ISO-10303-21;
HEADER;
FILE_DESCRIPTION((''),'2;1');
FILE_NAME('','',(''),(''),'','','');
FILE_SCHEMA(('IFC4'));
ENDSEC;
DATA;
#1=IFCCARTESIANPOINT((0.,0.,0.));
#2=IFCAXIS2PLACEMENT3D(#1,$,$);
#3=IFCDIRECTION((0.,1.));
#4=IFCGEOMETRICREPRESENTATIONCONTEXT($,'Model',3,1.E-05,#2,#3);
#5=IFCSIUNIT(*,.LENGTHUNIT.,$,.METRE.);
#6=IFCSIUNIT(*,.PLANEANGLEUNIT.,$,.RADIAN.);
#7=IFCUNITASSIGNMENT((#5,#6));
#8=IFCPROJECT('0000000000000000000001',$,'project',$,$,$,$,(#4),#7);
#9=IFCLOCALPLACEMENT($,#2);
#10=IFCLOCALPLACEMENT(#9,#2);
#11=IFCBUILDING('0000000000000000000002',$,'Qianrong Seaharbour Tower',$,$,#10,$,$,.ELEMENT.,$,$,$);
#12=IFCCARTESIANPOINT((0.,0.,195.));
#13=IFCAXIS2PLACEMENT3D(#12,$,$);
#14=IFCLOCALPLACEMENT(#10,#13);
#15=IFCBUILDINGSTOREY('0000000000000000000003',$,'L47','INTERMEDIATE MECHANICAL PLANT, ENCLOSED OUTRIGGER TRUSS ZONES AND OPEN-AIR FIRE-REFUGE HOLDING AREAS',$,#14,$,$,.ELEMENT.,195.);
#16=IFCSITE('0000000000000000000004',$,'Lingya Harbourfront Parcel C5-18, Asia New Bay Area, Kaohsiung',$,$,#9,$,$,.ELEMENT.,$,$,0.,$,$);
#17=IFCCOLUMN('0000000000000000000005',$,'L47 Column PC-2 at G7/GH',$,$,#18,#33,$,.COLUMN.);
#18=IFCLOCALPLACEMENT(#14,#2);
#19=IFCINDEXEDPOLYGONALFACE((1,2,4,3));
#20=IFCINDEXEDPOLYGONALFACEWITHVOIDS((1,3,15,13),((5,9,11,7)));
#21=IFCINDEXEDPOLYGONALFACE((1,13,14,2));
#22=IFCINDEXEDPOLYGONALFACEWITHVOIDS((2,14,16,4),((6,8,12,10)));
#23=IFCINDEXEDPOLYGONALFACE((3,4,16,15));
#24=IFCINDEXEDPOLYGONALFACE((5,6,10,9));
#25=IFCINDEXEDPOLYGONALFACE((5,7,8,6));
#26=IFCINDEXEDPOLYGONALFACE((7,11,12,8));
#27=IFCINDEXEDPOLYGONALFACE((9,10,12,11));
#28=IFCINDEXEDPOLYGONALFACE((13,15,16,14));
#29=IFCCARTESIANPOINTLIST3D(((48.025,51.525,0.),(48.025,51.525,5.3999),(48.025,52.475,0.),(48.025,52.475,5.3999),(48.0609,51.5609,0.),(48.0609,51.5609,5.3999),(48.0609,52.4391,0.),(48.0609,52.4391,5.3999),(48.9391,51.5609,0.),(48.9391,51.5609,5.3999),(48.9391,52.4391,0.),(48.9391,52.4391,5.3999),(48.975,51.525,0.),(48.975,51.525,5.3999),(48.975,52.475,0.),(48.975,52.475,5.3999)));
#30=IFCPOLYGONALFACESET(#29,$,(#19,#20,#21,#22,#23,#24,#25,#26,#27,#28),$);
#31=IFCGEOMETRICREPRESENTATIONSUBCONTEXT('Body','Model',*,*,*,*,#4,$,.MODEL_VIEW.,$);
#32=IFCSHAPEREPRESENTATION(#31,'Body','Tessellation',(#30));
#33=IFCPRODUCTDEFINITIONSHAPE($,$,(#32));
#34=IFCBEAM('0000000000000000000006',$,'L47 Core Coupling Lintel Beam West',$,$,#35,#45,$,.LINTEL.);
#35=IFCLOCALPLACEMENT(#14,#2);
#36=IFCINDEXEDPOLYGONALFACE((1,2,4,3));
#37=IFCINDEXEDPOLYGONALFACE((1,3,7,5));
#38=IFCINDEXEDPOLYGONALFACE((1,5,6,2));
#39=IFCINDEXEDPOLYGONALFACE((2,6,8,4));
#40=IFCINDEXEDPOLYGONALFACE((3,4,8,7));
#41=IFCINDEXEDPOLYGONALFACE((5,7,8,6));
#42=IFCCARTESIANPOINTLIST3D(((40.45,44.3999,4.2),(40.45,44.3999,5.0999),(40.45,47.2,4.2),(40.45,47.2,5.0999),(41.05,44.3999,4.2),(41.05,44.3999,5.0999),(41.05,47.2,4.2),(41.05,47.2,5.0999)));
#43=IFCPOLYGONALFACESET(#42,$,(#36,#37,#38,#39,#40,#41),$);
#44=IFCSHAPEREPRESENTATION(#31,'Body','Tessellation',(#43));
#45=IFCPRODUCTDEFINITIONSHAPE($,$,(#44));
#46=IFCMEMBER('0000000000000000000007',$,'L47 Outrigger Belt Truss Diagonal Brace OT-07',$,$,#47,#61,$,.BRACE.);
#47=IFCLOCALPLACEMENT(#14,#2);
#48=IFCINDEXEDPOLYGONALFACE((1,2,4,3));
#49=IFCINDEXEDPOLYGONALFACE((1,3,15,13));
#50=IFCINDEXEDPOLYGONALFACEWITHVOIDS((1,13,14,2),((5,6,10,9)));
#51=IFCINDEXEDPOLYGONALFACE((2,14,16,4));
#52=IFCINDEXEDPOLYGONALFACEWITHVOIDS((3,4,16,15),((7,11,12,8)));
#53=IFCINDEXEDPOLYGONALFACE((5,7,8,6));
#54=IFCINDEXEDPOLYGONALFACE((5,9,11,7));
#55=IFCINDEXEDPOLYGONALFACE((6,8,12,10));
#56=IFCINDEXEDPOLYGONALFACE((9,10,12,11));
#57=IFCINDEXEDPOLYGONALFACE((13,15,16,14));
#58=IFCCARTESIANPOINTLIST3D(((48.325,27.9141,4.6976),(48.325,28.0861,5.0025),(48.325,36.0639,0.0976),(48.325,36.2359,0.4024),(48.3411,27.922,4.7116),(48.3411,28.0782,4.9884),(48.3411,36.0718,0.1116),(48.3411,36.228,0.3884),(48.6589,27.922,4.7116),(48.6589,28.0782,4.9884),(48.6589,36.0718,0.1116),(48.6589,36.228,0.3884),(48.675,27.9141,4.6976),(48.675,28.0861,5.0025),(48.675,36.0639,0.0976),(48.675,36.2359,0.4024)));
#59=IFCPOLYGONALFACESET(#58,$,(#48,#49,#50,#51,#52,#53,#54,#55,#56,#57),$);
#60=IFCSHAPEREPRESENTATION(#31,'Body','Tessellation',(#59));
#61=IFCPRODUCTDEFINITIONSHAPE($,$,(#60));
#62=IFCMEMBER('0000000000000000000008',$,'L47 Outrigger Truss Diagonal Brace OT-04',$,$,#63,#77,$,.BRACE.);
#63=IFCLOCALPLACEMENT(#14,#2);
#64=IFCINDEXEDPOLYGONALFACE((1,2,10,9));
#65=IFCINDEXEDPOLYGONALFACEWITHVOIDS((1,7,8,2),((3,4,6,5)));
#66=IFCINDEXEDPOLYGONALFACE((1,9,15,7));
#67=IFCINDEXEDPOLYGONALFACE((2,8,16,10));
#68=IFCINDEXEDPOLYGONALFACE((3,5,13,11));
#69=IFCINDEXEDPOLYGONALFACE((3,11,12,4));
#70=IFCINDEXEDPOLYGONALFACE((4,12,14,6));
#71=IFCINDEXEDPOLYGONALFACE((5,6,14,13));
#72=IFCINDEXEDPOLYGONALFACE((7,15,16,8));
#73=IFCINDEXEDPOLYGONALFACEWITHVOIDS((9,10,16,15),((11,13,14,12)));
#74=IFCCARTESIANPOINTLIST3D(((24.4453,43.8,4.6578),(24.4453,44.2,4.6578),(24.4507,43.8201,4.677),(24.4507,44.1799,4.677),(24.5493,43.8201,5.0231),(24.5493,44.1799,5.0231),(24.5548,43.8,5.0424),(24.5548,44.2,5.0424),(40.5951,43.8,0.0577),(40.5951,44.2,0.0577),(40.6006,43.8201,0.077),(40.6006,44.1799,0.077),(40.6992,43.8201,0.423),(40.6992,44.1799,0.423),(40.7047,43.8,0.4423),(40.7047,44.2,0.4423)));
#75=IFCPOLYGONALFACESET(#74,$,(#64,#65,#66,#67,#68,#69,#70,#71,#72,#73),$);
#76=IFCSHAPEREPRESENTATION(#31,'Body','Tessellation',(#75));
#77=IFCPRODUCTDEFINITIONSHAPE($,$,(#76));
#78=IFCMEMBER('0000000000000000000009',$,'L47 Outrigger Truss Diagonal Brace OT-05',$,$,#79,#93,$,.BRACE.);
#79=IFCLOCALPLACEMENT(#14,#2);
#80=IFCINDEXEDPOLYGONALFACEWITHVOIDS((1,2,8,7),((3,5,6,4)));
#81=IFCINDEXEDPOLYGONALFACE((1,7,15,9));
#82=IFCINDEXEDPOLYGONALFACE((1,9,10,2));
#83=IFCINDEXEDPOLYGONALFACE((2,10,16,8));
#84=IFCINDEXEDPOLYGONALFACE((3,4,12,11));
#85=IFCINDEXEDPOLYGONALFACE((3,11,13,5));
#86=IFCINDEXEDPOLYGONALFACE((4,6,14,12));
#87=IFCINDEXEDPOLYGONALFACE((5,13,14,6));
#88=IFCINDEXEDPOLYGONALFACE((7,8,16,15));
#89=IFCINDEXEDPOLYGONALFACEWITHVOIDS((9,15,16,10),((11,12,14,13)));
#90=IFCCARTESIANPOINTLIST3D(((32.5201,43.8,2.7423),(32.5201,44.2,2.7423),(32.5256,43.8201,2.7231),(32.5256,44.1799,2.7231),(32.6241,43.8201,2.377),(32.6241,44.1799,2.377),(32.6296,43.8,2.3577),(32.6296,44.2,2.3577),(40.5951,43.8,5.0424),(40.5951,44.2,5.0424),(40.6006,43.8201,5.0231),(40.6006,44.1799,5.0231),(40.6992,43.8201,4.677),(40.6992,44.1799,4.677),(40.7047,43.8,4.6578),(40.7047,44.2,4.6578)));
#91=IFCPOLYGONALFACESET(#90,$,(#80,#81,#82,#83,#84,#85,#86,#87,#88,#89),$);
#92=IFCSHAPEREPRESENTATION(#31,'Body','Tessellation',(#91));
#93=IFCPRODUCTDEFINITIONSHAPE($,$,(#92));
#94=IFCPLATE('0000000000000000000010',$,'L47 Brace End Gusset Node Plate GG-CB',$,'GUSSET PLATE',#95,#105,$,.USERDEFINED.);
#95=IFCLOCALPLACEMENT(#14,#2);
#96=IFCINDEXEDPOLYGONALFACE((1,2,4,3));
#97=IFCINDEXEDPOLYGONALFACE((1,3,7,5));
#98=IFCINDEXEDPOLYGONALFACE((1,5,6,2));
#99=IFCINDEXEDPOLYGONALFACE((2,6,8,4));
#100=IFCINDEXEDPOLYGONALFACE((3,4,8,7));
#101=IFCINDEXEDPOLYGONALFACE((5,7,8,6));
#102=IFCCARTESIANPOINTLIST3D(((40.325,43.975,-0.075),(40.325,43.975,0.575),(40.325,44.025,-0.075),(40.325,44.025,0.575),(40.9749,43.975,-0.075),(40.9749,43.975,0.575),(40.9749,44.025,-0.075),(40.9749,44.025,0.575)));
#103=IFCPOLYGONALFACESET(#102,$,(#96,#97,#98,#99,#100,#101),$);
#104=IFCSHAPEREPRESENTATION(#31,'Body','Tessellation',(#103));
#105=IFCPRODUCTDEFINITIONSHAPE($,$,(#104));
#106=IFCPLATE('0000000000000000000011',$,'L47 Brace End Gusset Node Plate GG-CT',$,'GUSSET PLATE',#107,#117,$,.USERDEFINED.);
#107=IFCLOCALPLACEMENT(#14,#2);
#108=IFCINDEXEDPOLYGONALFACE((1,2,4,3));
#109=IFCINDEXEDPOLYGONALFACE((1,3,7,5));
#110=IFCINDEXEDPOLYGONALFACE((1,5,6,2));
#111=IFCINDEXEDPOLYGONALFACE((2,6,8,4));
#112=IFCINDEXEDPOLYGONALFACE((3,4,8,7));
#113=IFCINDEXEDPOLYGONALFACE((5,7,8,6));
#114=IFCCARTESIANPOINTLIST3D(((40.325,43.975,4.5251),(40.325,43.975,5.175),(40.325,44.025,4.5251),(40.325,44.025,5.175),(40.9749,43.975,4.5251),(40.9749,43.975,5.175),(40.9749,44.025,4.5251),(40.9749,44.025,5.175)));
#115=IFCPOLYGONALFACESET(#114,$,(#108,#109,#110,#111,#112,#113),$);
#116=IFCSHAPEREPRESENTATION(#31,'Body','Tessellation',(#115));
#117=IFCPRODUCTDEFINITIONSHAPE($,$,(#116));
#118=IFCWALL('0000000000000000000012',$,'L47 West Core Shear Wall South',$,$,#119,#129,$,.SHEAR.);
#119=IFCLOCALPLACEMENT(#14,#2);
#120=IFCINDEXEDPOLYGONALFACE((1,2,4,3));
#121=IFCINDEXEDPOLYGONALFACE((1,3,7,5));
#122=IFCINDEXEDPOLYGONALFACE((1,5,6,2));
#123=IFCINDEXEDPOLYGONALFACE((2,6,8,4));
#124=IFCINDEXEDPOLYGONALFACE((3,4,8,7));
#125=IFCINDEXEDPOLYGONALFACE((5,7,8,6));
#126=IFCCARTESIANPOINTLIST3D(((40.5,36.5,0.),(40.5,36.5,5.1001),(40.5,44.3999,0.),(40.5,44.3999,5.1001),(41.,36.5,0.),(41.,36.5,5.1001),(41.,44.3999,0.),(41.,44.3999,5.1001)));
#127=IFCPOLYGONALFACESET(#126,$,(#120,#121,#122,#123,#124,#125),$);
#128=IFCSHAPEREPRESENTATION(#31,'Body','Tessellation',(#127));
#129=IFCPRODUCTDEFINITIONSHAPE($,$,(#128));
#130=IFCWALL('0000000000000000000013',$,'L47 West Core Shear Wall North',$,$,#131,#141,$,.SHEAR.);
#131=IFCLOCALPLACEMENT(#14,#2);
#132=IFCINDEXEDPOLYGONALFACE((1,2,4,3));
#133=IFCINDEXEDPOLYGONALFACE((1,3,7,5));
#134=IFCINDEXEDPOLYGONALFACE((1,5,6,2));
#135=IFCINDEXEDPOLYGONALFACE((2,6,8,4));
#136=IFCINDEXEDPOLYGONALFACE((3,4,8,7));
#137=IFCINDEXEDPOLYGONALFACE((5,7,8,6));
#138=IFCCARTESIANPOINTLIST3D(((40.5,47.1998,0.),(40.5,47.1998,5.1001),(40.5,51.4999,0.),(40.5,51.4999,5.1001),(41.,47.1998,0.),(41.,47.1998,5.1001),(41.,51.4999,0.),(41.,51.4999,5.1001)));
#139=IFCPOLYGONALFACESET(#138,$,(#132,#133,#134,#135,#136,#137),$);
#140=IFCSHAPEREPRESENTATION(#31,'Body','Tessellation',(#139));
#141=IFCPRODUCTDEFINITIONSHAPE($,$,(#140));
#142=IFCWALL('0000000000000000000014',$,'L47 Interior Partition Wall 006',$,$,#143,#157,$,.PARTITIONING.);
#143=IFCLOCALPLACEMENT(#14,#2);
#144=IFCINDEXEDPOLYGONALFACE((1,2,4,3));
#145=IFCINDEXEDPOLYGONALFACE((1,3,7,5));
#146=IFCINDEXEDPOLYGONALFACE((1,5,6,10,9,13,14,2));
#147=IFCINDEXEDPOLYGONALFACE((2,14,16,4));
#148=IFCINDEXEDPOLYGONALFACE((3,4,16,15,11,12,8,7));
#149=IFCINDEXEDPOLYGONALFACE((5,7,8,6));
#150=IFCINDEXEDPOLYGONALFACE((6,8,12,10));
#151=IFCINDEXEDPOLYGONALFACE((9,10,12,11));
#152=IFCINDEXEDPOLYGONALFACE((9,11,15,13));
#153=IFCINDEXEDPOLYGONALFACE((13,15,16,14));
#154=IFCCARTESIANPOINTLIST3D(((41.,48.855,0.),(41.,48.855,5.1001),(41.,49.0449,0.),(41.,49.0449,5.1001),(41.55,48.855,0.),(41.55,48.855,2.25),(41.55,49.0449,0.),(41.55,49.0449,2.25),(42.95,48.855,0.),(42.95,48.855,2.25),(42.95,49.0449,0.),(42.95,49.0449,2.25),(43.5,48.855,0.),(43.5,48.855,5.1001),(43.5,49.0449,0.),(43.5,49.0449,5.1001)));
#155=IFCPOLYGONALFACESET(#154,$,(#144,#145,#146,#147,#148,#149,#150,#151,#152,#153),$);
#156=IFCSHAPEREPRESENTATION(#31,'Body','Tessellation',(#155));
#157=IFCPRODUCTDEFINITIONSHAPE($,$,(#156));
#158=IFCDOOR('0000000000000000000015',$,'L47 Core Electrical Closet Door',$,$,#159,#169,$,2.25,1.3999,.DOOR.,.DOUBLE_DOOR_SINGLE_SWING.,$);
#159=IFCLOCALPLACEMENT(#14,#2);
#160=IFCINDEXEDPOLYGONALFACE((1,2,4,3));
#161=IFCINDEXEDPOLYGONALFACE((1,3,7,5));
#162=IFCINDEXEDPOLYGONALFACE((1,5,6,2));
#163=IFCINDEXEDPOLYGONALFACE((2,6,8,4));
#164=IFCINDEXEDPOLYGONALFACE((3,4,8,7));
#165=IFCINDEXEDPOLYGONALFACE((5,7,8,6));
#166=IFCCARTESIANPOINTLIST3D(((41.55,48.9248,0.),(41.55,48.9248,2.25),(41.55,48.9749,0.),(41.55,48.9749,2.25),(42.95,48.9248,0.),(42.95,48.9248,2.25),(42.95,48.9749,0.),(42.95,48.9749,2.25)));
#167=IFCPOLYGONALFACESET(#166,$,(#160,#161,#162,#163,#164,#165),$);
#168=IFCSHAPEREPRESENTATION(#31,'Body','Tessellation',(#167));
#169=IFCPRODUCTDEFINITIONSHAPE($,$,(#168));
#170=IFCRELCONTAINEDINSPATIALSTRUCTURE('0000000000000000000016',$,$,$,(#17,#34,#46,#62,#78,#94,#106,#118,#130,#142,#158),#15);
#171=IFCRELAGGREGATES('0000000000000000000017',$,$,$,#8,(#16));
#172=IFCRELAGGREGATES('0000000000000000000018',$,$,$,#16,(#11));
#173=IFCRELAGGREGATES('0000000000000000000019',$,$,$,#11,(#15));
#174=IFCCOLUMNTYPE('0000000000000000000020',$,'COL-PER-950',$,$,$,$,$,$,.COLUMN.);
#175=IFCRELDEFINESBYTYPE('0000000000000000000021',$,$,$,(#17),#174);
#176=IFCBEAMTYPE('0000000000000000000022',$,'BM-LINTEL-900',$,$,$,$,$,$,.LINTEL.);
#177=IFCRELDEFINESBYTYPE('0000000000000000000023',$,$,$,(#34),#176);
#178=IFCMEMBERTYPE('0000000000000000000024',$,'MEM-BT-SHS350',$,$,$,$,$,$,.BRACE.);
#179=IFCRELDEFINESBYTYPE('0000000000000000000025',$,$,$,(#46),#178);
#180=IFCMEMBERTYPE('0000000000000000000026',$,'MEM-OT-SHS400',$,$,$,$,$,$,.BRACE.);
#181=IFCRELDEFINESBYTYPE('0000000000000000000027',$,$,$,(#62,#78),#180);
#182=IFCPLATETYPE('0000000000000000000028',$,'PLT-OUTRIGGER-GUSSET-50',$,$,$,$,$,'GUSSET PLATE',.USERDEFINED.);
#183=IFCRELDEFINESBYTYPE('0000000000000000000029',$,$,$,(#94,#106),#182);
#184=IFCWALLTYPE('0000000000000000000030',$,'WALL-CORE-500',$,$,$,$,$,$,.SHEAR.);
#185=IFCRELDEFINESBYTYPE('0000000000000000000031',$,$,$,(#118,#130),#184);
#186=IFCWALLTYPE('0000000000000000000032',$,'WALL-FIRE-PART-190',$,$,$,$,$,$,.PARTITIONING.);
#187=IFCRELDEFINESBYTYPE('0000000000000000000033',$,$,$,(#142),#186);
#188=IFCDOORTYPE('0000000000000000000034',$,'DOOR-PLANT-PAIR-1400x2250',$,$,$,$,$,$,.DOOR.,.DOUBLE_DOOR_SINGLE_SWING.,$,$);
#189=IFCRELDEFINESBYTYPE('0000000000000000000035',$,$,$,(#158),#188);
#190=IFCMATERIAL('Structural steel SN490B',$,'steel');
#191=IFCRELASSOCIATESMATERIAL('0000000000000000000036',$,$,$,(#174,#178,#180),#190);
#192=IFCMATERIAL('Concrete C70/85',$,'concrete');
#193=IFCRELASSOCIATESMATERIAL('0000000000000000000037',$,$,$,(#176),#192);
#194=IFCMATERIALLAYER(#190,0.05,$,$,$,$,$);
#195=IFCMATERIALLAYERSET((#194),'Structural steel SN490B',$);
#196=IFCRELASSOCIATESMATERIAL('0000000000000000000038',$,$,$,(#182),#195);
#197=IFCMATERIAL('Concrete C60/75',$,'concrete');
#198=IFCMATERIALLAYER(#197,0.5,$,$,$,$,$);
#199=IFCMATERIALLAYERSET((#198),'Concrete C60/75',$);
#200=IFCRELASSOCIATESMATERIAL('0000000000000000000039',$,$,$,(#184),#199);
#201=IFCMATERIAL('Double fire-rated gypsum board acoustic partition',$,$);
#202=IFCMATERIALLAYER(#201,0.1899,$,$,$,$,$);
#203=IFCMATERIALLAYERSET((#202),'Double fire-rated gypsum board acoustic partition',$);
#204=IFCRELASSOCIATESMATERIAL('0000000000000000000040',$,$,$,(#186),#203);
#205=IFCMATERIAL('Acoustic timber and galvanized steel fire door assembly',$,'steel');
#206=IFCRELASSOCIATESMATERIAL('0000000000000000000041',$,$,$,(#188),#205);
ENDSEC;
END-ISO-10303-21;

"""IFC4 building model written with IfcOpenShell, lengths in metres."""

from ifc_helpers import new_model, si_unit, direction, frame, frame_2d, origin, origin_2d, place, context, subcontext, project, spatial, rectangle, hollow_rectangle, extrude, material, layer, layer_set, material_profile, profile_set, type_object, element, fill, save


model = new_model("IFC4")

# Units and contexts
model_context = context("Model", 3, precision=1e-05, world=origin(), true_north=direction((0.0, 1.0)))
body_context = subcontext(model_context, "Body", "Model", "MODEL_VIEW")
ifc_project = project(units=[si_unit("LENGTHUNIT", "METRE"), si_unit("PLANEANGLEUNIT", "RADIAN")], contexts=[model_context])

# Site, building, storey
site_placement = place(None, origin())
site = spatial("IfcSite", under=ifc_project, at=site_placement, Name="Lingya Harbourfront Parcel C5-18, Asia New Bay Area, Kaohsiung", CompositionType="ELEMENT", RefElevation=0.0)
building_placement = place(site_placement, origin())
building = spatial("IfcBuilding", under=site, at=building_placement, Name="Qianrong Seaharbour Tower", CompositionType="ELEMENT")
storey_placement = place(building_placement, frame((0.0, 0.0, 195.0)))
storey = spatial("IfcBuildingStorey", under=building, at=storey_placement, Name="L47", Description="INTERMEDIATE MECHANICAL PLANT, ENCLOSED OUTRIGGER TRUSS ZONES AND OPEN-AIR FIRE-REFUGE HOLDING AREAS", CompositionType="ELEMENT", Elevation=195.0)

# Column
ifc_material_1 = material(Name="Structural steel SN490B", Category="steel")
ifc_material_profile_1 = material_profile(ifc_material_1, hollow_rectangle(XDim=0.95, YDim=0.95, WallThickness=0.0359, at=origin_2d()), Name="BOX950x950x36")
ifc_profile_set_1 = profile_set([ifc_material_profile_1], Name="Structural steel SN490B")
column_type = type_object("IfcColumnType", Name="COL-PER-950", PredefinedType="COLUMN", material=ifc_profile_set_1)
column_placement = place(storey_placement, frame((48.5, 52.0, 0.0), z_axis=(0.0, 0.0, 1.0), x_axis=(1.0, 0.0, 0.0)))
element("IfcColumn", 1, at=column_placement, inside=storey, type_object=column_type, Name="L47 Column PC-2 at G7/GH", PredefinedType="COLUMN", context=body_context, shape_type="SweptSolid", body=[
    extrude(hollow_rectangle(XDim=0.95, YDim=0.95, WallThickness=0.0359, at=origin_2d()), origin(), (0.0, 0.0, 1.0), 5.3999),
])

# Beam
ifc_material_2 = material(Name="Concrete C70/85", Category="concrete")
ifc_material_profile_2 = material_profile(ifc_material_2, rectangle(XDim=0.6001, YDim=0.8999, at=origin_2d()), Name="RC600x900")
ifc_profile_set_2 = profile_set([ifc_material_profile_2], Name="Concrete C70/85")
beam_type = type_object("IfcBeamType", Name="BM-LINTEL-900", PredefinedType="LINTEL", material=ifc_profile_set_2)
beam_placement = place(storey_placement, frame((40.75, 44.3999, 4.6499), z_axis=(0.0, 1.0, 0.0), x_axis=(-1.0, 0.0, 0.0)))
element("IfcBeam", 2, at=beam_placement, inside=storey, type_object=beam_type, Name="L47 Core Coupling Lintel Beam West", PredefinedType="LINTEL", context=body_context, shape_type="SweptSolid", body=[
    extrude(rectangle(XDim=0.6001, YDim=0.8999, at=origin_2d()), origin(), (0.0, 0.0, 1.0), 2.8),
])

# Members
ifc_material_profile_3 = material_profile(ifc_material_1, hollow_rectangle(XDim=0.3501, YDim=0.3501, WallThickness=0.0161, at=origin_2d()), Name="SHS350x350x16")
ifc_profile_set_3 = profile_set([ifc_material_profile_3], Name="Structural steel SN490B")
member_type_1 = type_object("IfcMemberType", Name="MEM-BT-SHS350", PredefinedType="BRACE", material=ifc_profile_set_3)
member_1_placement = place(storey_placement, frame((48.5, 36.1499, 0.25), z_axis=(0.0, -0.870854, 0.491541), x_axis=(1.0, 0.0, 0.0)))
element("IfcMember", 3, at=member_1_placement, inside=storey, type_object=member_type_1, Name="L47 Outrigger Belt Truss Diagonal Brace OT-07", PredefinedType="BRACE", context=body_context, shape_type="SweptSolid", body=[
    extrude(hollow_rectangle(XDim=0.3501, YDim=0.3501, WallThickness=0.0161, at=origin_2d()), origin(), (0.0, 0.0, 1.0), 9.3584),
])
ifc_material_profile_4 = material_profile(ifc_material_1, hollow_rectangle(XDim=0.3999, YDim=0.3999, WallThickness=0.02, at=origin_2d()), Name="SHS400x400x20")
ifc_profile_set_4 = profile_set([ifc_material_profile_4], Name="Structural steel SN490B")
member_type_2 = type_object("IfcMemberType", Name="MEM-OT-SHS400", PredefinedType="BRACE", material=ifc_profile_set_4)
member_2_placement = place(storey_placement, frame((40.6499, 44.0, 0.25), z_axis=(-0.961746, 0.0, 0.273941), x_axis=(0.0, -1.0, 0.0)))
element("IfcMember", 4, at=member_2_placement, inside=storey, type_object=member_type_2, Name="L47 Outrigger Truss Diagonal Brace OT-04", PredefinedType="BRACE", context=body_context, shape_type="SweptSolid", body=[
    extrude(hollow_rectangle(XDim=0.3999, YDim=0.3999, WallThickness=0.02, at=origin_2d()), origin(), (0.0, 0.0, 1.0), 16.7922),
])
member_3_placement = place(storey_placement, frame((40.6499, 44.0, 4.8501), z_axis=(-0.961746, 0.0, -0.273941), x_axis=(0.0, -1.0, 0.0)))
element("IfcMember", 5, at=member_3_placement, inside=storey, type_object=member_type_2, Name="L47 Outrigger Truss Diagonal Brace OT-05", PredefinedType="BRACE", context=body_context, shape_type="SweptSolid", body=[
    extrude(hollow_rectangle(XDim=0.3999, YDim=0.3999, WallThickness=0.02, at=origin_2d()), origin(), (0.0, 0.0, 1.0), 8.3962),
])

# Plates
ifc_layer_1 = layer(ifc_material_1, 0.05)
ifc_layer_set_1 = layer_set([ifc_layer_1], Name="Structural steel SN490B")
plate_type = type_object("IfcPlateType", Name="PLT-OUTRIGGER-GUSSET-50", ElementType="GUSSET PLATE", PredefinedType="USERDEFINED", material=ifc_layer_set_1)
for number, where, z_axis, x_axis, name in (
    (6, (40.6499, 44.0, -0.075), (0.0, 0.0, 1.0), (1.0, 0.0, 0.0), "L47 Brace End Gusset Node Plate GG-CB"),
    (7, (40.6499, 44.0, 4.5251), (0.0, 0.0, 1.0), (1.0, 0.0, 0.0), "L47 Brace End Gusset Node Plate GG-CT"),
):
    element("IfcPlate", number, at=place(storey_placement, frame(where, z_axis=z_axis, x_axis=x_axis)), inside=storey, type_object=plate_type, Name=name, ObjectType="GUSSET PLATE", PredefinedType="USERDEFINED", context=body_context, shape_type="SweptSolid", body=[
        extrude(rectangle(XDim=0.6499, YDim=0.05, at=origin_2d()), origin(), (0.0, 0.0, 1.0), 0.6499),
    ])

# Walls
ifc_material_3 = material(Name="Concrete C60/75", Category="concrete")
ifc_layer_2 = layer(ifc_material_3, 0.5)
ifc_layer_set_2 = layer_set([ifc_layer_2], Name="Concrete C60/75")
wall_type_1 = type_object("IfcWallType", Name="WALL-CORE-500", PredefinedType="SHEAR", material=ifc_layer_set_2)
wall_1_placement = place(storey_placement, frame((40.75, 36.5, 0.0), z_axis=(0.0, 0.0, 1.0), x_axis=(0.0, 1.0, 0.0)))
element("IfcWall", 8, at=wall_1_placement, inside=storey, type_object=wall_type_1, Name="L47 West Core Shear Wall South", PredefinedType="SHEAR", context=body_context, shape_type="SweptSolid", body=[
    extrude(rectangle(XDim=7.8999, YDim=0.5, at=frame_2d((3.95, 0.0))), origin(), (0.0, 0.0, 1.0), 5.1001),
])
wall_2_placement = place(storey_placement, frame((40.75, 47.2, 0.0), z_axis=(0.0, 0.0, 1.0), x_axis=(0.0, 1.0, 0.0)))
element("IfcWall", 9, at=wall_2_placement, inside=storey, type_object=wall_type_1, Name="L47 West Core Shear Wall North", PredefinedType="SHEAR", context=body_context, shape_type="SweptSolid", body=[
    extrude(rectangle(XDim=4.3, YDim=0.5, at=frame_2d((2.1499, 0.0))), origin(), (0.0, 0.0, 1.0), 5.1001),
])

# Wall, opening, door
ifc_material_4 = material(Name="Double fire-rated gypsum board acoustic partition")
ifc_layer_3 = layer(ifc_material_4, 0.1899)
ifc_layer_set_3 = layer_set([ifc_layer_3], Name="Double fire-rated gypsum board acoustic partition")
wall_type_2 = type_object("IfcWallType", Name="WALL-FIRE-PART-190", PredefinedType="PARTITIONING", material=ifc_layer_set_3)
wall_3_placement = place(storey_placement, frame((41.0, 48.95, 0.0), z_axis=(0.0, 0.0, 1.0), x_axis=(1.0, 0.0, 0.0)))
wall_3 = element("IfcWall", 10, at=wall_3_placement, inside=storey, type_object=wall_type_2, Name="L47 Interior Partition Wall 006", PredefinedType="PARTITIONING", context=body_context, shape_type="SweptSolid", body=[
    extrude(rectangle(XDim=2.5, YDim=0.1899, at=frame_2d((1.25, 0.0))), origin(), (0.0, 0.0, 1.0), 5.1001),
])
opening_1_placement = place(wall_3_placement, frame((0.55, 0.0, 0.0)))
opening_1 = element("IfcOpeningElement", 11, at=opening_1_placement, cuts=wall_3, PredefinedType="OPENING", context=body_context, shape_type="SweptSolid", body=[
    extrude(rectangle(XDim=1.3999, YDim=2.25, at=frame_2d((0.7, 1.125))), frame((0.0, 0.105, 0.0), z_axis=(0.0, -1.0, 0.0), x_axis=(1.0, 0.0, 0.0)), (0.0, 0.0, 1.0), 0.21),
])
ifc_material_5 = material(Name="Acoustic timber and galvanized steel fire door assembly", Category="steel")
door_type_1 = type_object("IfcDoorType", Name="DOOR-PLANT-PAIR-1400x2250", OperationType="DOUBLE_DOOR_SINGLE_SWING", PredefinedType="DOOR", material=ifc_material_5)
door_1_placement = place(opening_1_placement, origin())
door_1 = element("IfcDoor", 12, at=door_1_placement, inside=storey, type_object=door_type_1, Name="L47 Core Electrical Closet Door", OperationType="DOUBLE_DOOR_SINGLE_SWING", OverallHeight=2.25, OverallWidth=1.3999, PredefinedType="DOOR", context=body_context, shape_type="SweptSolid", body=[
    extrude(rectangle(XDim=1.3999, YDim=2.25, at=frame_2d((0.7, 1.125))), frame((0.0, 0.0249, 0.0), z_axis=(0.0, -1.0, 0.0), x_axis=(1.0, 0.0, 0.0)), (0.0, 0.0, 1.0), 0.05),
])
fill(opening_1, door_1)

save(model, "model.ifc")
